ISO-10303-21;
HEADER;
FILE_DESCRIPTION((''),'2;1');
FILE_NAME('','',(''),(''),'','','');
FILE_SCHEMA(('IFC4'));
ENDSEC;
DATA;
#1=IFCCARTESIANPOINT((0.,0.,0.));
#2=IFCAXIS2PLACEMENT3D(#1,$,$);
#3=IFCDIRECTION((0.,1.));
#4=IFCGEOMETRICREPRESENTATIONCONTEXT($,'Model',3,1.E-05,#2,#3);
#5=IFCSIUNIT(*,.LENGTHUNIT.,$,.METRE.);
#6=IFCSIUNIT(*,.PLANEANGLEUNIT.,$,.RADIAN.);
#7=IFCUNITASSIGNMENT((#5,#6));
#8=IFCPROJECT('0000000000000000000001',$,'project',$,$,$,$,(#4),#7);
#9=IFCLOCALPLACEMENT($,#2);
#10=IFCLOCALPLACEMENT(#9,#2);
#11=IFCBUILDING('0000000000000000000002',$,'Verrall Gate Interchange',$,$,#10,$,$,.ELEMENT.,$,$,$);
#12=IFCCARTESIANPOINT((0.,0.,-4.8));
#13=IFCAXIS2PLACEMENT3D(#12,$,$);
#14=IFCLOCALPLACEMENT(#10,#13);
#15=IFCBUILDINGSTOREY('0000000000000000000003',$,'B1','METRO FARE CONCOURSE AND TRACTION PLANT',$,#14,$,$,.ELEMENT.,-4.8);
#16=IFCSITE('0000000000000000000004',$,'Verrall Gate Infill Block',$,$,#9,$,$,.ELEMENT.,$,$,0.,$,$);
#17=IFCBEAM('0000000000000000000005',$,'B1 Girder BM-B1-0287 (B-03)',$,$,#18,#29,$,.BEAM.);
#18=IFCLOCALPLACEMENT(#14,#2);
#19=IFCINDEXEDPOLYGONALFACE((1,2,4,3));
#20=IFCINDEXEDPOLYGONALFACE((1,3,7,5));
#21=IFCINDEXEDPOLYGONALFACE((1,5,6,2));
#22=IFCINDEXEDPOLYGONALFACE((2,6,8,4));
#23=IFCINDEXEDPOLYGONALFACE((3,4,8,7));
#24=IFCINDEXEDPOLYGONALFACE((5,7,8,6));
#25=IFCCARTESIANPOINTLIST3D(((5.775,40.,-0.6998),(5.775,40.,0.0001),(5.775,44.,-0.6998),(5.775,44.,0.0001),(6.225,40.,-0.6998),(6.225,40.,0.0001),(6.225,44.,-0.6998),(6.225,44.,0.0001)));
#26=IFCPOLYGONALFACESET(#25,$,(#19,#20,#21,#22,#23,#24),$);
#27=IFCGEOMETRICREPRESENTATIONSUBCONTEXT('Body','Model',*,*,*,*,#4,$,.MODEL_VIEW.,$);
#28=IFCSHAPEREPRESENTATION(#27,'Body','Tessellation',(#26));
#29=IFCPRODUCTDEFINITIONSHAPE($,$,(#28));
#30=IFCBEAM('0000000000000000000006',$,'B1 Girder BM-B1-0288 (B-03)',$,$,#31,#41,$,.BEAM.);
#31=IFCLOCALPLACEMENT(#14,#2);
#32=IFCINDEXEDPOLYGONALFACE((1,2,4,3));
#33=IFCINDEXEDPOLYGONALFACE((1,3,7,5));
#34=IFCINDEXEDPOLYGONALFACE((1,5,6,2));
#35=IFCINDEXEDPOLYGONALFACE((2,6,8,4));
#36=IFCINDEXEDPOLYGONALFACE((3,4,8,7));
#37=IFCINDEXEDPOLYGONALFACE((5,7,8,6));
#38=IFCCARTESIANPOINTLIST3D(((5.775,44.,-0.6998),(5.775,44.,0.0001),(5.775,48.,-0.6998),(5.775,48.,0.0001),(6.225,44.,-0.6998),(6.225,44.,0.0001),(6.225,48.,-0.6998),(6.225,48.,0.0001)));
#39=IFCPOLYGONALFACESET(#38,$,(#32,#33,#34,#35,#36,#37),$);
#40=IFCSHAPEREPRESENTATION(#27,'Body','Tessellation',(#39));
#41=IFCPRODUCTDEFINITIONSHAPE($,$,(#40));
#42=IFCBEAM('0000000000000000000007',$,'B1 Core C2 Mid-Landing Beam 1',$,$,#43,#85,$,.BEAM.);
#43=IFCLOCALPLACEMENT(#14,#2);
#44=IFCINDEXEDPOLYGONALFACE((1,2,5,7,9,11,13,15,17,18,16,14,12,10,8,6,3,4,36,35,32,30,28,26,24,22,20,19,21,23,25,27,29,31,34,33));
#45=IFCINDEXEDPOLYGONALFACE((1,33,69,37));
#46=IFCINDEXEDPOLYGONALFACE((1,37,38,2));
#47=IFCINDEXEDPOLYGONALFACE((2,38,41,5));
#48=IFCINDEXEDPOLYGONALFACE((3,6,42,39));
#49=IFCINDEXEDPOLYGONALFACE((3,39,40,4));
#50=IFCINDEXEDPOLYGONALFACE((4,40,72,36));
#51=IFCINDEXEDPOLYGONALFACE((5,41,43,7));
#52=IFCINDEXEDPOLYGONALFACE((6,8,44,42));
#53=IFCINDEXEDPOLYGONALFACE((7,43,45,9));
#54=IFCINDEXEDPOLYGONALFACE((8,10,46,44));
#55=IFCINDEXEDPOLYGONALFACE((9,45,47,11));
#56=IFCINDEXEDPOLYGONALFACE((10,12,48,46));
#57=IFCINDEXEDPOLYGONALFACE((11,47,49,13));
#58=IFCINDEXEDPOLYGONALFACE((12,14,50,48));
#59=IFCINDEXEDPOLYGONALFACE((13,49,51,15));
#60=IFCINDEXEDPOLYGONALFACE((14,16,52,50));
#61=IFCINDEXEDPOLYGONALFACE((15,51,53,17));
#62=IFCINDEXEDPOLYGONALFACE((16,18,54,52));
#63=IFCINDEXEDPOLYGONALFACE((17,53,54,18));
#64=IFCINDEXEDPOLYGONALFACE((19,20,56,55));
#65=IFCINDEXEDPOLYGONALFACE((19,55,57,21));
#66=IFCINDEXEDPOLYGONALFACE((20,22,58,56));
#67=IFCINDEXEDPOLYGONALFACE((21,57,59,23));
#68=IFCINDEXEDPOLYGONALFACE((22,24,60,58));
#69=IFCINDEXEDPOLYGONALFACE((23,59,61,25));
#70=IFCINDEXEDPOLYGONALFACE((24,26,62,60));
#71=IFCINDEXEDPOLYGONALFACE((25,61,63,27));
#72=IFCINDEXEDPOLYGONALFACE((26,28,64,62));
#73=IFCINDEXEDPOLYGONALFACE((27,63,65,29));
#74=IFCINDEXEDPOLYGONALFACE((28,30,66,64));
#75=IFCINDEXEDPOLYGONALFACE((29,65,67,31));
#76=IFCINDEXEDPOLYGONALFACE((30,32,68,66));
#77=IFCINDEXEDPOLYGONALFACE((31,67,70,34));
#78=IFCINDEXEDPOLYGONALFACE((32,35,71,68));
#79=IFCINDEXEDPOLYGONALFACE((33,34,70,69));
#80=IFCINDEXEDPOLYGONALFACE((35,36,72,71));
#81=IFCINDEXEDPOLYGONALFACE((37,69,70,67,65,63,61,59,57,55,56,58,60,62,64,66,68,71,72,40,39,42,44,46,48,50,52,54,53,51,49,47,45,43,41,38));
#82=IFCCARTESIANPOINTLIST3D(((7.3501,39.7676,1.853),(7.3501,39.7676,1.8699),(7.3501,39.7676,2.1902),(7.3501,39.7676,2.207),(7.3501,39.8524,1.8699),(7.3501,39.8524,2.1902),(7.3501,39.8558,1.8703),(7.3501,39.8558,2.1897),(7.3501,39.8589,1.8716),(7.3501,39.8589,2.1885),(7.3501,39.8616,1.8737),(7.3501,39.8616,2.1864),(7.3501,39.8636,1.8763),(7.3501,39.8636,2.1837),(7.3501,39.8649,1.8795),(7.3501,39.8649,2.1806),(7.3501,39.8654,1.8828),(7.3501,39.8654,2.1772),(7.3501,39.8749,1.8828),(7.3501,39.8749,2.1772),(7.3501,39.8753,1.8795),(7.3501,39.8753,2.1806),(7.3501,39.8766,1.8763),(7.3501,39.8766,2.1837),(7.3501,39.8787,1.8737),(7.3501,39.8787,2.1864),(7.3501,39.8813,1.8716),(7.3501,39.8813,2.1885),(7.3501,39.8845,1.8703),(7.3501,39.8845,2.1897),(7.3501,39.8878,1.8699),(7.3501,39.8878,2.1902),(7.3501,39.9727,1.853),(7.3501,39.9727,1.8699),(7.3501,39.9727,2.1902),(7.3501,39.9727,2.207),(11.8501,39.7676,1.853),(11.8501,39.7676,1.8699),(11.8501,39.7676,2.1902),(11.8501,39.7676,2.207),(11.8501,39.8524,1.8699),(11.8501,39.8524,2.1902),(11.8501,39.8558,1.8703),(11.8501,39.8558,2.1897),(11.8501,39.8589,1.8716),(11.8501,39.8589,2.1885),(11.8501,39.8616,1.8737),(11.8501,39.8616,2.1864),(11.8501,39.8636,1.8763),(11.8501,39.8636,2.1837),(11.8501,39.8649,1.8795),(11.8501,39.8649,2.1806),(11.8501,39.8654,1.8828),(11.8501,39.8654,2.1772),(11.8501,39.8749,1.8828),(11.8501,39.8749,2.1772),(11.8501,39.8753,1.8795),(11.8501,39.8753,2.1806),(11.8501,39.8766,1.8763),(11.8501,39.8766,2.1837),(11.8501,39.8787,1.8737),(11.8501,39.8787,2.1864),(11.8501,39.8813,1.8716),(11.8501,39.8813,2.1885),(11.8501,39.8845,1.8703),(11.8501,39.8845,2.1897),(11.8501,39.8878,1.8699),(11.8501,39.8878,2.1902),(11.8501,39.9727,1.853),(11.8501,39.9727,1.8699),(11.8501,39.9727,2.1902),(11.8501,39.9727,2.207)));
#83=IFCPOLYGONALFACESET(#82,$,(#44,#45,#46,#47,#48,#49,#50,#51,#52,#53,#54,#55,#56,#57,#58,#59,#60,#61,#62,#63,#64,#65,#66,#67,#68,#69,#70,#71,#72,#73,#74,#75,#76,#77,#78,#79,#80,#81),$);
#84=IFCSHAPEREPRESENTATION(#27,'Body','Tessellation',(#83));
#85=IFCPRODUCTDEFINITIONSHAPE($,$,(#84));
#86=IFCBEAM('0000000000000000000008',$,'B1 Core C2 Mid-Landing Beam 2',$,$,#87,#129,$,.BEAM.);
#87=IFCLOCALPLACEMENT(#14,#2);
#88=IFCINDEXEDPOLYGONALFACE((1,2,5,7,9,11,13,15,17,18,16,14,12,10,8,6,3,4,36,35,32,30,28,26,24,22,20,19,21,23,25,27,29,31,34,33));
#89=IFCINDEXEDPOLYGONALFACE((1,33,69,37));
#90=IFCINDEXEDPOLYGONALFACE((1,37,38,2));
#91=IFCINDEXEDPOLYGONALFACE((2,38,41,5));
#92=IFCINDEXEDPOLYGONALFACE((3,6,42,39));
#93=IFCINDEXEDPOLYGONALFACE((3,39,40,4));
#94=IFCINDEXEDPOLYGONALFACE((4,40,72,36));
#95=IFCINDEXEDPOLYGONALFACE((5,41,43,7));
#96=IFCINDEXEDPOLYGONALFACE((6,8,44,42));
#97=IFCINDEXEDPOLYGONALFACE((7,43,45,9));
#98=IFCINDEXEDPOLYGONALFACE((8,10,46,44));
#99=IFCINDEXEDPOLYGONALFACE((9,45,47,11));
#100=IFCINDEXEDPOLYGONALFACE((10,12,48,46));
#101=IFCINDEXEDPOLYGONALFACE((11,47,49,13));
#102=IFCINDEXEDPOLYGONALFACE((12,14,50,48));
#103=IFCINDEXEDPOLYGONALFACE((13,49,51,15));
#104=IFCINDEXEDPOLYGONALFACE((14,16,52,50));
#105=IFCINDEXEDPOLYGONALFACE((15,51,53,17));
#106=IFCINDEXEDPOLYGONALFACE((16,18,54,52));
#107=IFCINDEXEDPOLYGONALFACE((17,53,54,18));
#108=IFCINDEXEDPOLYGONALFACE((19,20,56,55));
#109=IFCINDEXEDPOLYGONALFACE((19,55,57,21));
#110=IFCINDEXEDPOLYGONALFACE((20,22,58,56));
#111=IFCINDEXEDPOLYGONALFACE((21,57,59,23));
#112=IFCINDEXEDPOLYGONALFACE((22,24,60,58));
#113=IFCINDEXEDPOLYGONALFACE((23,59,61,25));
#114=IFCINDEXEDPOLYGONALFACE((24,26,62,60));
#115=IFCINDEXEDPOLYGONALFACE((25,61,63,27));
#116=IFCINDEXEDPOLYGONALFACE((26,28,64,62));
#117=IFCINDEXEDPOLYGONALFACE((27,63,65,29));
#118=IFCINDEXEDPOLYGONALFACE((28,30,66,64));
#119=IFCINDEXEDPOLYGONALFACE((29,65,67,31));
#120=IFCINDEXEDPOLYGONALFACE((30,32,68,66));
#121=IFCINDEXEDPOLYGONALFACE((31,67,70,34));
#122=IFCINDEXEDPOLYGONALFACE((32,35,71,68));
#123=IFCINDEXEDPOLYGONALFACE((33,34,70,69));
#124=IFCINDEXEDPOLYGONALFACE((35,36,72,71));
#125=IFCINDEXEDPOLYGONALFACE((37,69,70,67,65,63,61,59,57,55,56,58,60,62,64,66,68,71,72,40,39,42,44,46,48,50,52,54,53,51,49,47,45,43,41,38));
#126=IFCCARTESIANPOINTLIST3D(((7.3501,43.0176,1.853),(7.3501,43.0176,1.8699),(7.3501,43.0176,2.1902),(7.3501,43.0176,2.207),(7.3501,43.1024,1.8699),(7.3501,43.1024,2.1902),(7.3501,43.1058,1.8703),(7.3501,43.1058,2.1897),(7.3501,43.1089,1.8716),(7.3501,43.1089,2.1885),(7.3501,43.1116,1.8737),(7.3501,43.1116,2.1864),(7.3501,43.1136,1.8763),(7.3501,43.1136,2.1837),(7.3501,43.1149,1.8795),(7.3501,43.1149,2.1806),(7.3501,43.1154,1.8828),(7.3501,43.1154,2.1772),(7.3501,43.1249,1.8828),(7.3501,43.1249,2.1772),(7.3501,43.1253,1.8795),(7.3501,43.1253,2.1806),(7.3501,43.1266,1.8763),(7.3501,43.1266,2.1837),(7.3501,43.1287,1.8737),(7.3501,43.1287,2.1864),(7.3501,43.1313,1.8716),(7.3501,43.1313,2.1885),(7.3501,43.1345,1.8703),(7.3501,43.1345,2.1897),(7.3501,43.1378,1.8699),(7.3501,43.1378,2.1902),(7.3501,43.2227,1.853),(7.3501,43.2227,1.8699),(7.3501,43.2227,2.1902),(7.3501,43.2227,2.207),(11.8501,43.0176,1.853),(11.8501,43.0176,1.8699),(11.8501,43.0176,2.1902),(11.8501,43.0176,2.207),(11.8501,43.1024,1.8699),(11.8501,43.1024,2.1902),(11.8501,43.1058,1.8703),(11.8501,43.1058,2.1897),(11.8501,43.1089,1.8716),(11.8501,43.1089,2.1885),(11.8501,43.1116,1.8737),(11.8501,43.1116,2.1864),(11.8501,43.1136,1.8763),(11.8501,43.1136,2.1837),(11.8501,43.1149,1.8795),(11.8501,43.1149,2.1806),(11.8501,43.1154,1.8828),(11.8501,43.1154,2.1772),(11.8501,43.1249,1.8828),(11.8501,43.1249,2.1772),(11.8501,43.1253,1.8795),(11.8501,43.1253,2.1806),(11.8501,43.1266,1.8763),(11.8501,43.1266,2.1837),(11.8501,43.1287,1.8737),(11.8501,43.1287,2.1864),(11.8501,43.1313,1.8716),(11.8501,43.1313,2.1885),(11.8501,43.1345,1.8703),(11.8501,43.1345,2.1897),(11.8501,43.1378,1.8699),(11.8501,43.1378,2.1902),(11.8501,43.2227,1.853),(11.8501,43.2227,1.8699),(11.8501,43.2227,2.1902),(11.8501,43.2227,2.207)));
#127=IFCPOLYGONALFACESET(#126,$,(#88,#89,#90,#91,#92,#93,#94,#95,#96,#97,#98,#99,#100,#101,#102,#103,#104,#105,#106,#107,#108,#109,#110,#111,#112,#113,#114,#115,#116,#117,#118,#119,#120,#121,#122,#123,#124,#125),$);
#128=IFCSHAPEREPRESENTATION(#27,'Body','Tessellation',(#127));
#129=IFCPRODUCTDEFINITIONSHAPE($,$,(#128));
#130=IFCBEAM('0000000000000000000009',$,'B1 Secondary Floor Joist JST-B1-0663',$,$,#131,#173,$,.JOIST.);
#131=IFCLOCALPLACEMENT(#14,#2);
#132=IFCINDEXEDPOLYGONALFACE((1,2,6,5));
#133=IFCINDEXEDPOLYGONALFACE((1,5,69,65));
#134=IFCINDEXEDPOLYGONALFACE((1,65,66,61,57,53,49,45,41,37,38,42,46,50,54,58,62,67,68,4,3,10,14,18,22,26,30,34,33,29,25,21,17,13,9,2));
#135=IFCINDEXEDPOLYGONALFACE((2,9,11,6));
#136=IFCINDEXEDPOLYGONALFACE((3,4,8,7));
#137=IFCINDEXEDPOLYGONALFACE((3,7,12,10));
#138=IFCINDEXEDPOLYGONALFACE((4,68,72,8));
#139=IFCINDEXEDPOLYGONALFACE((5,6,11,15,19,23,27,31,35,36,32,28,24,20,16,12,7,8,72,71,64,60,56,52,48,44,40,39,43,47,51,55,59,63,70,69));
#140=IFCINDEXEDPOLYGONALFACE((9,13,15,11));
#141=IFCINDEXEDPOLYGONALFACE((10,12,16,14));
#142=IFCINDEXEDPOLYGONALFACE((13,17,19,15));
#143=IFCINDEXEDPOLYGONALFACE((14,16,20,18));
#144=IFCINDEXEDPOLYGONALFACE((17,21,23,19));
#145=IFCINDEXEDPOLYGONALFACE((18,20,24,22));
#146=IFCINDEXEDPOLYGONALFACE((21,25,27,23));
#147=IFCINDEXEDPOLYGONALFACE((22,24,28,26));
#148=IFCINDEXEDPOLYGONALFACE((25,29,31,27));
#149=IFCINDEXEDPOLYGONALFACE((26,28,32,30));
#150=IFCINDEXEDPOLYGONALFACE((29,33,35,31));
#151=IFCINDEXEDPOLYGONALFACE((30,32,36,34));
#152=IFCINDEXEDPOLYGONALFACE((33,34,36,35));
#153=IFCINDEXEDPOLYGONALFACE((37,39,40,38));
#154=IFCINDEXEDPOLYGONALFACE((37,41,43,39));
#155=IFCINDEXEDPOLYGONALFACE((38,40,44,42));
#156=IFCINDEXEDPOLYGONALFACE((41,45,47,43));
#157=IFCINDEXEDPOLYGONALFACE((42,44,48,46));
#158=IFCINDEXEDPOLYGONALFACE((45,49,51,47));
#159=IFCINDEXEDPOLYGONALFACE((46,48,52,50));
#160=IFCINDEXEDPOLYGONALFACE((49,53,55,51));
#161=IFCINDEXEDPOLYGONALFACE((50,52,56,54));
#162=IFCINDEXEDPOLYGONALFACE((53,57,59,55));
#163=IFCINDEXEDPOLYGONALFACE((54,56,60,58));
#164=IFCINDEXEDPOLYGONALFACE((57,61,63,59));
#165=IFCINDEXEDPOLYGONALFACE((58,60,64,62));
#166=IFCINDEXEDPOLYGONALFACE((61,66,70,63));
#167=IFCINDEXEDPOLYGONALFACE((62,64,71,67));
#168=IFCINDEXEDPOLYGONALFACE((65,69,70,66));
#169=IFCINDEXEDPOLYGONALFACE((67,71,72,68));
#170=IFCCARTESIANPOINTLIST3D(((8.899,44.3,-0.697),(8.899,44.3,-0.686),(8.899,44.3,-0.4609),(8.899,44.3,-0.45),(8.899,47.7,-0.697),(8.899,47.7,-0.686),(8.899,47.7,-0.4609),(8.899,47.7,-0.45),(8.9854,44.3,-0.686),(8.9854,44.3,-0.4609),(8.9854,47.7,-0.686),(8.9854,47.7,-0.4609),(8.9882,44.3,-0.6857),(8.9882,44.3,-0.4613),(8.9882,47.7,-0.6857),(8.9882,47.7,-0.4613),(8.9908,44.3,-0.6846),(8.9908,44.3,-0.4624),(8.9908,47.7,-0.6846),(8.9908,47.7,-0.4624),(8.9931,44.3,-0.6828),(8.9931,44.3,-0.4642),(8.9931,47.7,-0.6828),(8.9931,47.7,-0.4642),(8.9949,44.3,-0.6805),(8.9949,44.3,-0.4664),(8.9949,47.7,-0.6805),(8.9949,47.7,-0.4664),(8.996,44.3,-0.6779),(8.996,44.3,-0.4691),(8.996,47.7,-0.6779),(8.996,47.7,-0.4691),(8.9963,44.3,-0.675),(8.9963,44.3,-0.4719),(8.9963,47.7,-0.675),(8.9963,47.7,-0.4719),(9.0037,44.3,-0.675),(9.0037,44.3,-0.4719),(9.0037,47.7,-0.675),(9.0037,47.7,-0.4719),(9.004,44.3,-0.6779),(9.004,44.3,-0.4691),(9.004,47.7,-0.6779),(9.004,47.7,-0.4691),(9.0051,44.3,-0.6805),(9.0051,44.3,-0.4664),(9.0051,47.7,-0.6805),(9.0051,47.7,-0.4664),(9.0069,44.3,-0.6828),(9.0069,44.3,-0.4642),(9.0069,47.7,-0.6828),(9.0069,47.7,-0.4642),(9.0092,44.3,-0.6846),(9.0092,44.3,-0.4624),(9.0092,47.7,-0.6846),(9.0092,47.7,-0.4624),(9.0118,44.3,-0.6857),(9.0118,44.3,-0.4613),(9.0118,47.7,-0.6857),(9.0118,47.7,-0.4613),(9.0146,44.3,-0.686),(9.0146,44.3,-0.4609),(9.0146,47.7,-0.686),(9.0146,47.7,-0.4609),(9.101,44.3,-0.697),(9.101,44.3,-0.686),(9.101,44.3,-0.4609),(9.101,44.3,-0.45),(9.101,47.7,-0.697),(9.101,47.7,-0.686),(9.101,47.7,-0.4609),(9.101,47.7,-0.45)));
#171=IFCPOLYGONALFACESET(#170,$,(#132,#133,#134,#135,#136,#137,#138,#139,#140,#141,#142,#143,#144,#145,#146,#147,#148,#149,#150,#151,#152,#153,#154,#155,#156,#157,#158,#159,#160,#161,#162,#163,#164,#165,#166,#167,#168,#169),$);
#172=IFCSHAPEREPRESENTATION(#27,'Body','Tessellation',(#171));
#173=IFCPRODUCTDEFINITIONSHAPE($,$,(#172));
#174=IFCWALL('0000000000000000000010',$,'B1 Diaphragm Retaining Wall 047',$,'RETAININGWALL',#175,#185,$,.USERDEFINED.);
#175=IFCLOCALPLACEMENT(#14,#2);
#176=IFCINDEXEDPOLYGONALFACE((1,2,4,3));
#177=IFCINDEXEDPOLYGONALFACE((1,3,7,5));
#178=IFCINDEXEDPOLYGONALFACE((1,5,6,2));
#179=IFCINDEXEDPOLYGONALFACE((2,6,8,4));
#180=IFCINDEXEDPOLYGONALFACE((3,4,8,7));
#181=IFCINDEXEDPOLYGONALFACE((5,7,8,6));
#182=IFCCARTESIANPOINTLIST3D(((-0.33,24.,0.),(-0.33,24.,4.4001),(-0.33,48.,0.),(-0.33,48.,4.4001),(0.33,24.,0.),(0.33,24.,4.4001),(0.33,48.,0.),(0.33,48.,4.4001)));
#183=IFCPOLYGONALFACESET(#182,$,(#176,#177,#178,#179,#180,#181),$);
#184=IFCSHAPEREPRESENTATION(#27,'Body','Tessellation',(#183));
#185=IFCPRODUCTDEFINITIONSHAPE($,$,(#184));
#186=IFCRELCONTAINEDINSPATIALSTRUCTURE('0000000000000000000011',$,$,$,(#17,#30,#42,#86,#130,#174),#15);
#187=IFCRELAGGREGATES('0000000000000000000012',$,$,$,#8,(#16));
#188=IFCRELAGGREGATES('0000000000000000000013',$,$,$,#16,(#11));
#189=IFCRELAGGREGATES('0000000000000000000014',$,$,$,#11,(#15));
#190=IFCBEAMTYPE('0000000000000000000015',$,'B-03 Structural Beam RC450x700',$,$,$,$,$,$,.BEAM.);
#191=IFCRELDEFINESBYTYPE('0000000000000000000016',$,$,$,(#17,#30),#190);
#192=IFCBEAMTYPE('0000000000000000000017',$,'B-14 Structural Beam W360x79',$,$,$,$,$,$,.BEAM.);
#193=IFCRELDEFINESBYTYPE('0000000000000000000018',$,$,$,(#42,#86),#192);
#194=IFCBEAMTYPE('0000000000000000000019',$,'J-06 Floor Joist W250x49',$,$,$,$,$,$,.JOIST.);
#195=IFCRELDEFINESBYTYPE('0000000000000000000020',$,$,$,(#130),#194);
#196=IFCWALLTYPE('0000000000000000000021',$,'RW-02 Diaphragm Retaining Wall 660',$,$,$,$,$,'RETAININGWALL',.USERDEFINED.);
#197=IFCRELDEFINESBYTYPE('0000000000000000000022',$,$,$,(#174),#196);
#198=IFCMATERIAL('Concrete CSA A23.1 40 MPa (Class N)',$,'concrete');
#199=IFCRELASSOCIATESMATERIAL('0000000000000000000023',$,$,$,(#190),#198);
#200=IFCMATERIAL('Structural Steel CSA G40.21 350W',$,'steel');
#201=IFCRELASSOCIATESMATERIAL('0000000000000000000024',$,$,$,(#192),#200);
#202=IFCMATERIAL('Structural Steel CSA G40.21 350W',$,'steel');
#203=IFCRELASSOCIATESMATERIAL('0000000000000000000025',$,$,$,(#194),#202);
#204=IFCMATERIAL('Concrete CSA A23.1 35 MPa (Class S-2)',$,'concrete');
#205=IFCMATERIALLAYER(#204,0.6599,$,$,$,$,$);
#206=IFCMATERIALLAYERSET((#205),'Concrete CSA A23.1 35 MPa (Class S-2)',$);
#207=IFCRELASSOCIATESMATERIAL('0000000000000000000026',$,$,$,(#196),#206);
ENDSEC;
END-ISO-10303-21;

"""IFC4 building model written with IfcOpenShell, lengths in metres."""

from ifc_helpers import new_model, si_unit, direction, frame, frame_2d, origin, origin_2d, place, context, subcontext, project, spatial, rectangle, i_section, extrude, material, layer, layer_set, material_profile, profile_set, type_object, element, save


model = new_model("IFC4")

# Units and contexts
model_context = context("Model", 3, precision=1e-05, world=origin(), true_north=direction((0.0, 1.0)))
body_context = subcontext(model_context, "Body", "Model", "MODEL_VIEW")
ifc_project = project(units=[si_unit("LENGTHUNIT", "METRE"), si_unit("PLANEANGLEUNIT", "RADIAN")], contexts=[model_context])

# Site, building, storey
site_placement = place(None, origin())
site = spatial("IfcSite", under=ifc_project, at=site_placement, Name="Verrall Gate Infill Block", CompositionType="ELEMENT", RefElevation=0.0)
building_placement = place(site_placement, origin())
building = spatial("IfcBuilding", under=site, at=building_placement, Name="Verrall Gate Interchange", CompositionType="ELEMENT")
storey_placement = place(building_placement, frame((0.0, 0.0, -4.8)))
storey = spatial("IfcBuildingStorey", under=building, at=storey_placement, Name="B1", Description="METRO FARE CONCOURSE AND TRACTION PLANT", CompositionType="ELEMENT", Elevation=-4.8)

# Beams
ifc_material_1 = material(Name="Concrete CSA A23.1 40 MPa (Class N)", Category="concrete")
ifc_material_profile_1 = material_profile(ifc_material_1, rectangle(XDim=0.45, YDim=0.7, at=origin_2d()), Name="RC450x700")
ifc_profile_set_1 = profile_set([ifc_material_profile_1], Name="Concrete CSA A23.1 40 MPa (Class N)")
beam_type_1 = type_object("IfcBeamType", Name="B-03 Structural Beam RC450x700", PredefinedType="BEAM", material=ifc_profile_set_1)
for number, where, z_axis, x_axis, name in (
    (1, (6.0, 40.0, -0.3499), (0.0, 1.0, 0.0), (-1.0, 0.0, 0.0), "B1 Girder BM-B1-0287 (B-03)"),
    (2, (6.0, 44.0, -0.3499), (0.0, 1.0, 0.0), (-1.0, 0.0, 0.0), "B1 Girder BM-B1-0288 (B-03)"),
):
    element("IfcBeam", number, at=place(storey_placement, frame(where, z_axis=z_axis, x_axis=x_axis)), inside=storey, type_object=beam_type_1, Name=name, PredefinedType="BEAM", context=body_context, shape_type="SweptSolid", body=[
        extrude(rectangle(XDim=0.45, YDim=0.7, at=origin_2d()), origin(), (0.0, 0.0, 1.0), 4.0),
    ])
ifc_material_2 = material(Name="Structural Steel CSA G40.21 350W", Category="steel")
ifc_material_profile_2 = material_profile(ifc_material_2, i_section(OverallWidth=0.2051, OverallDepth=0.354, WebThickness=0.0095, FlangeThickness=0.0168, FilletRadius=0.0129, at=origin_2d()), Name="W360x79")
ifc_profile_set_2 = profile_set([ifc_material_profile_2], Name="Structural Steel CSA G40.21 350W")
beam_type_2 = type_object("IfcBeamType", Name="B-14 Structural Beam W360x79", PredefinedType="BEAM", material=ifc_profile_set_2)
for number, where, z_axis, x_axis, name in (
    (3, (7.3501, 39.8701, 2.03), (1.0, 0.0, 0.0), (0.0, 1.0, 0.0), "B1 Core C2 Mid-Landing Beam 1"),
    (4, (7.3501, 43.1201, 2.03), (1.0, 0.0, 0.0), (0.0, 1.0, 0.0), "B1 Core C2 Mid-Landing Beam 2"),
):
    element("IfcBeam", number, at=place(storey_placement, frame(where, z_axis=z_axis, x_axis=x_axis)), inside=storey, type_object=beam_type_2, Name=name, PredefinedType="BEAM", context=body_context, shape_type="SweptSolid", body=[
        extrude(i_section(OverallWidth=0.2051, OverallDepth=0.354, WebThickness=0.0095, FlangeThickness=0.0168, FilletRadius=0.0129, at=origin_2d()), origin(), (0.0, 0.0, 1.0), 4.5),
    ])
ifc_material_3 = material(Name="Structural Steel CSA G40.21 350W", Category="steel")
ifc_material_profile_3 = material_profile(ifc_material_3, i_section(OverallWidth=0.2019, OverallDepth=0.2471, WebThickness=0.0073, FlangeThickness=0.011, FilletRadius=0.011, at=origin_2d()), Name="W250x49")
ifc_profile_set_3 = profile_set([ifc_material_profile_3], Name="Structural Steel CSA G40.21 350W")
beam_type_3 = type_object("IfcBeamType", Name="J-06 Floor Joist W250x49", PredefinedType="JOIST", material=ifc_profile_set_3)
beam_1_placement = place(storey_placement, frame((9.0, 44.3, -0.5735), z_axis=(0.0, 1.0, 0.0), x_axis=(-1.0, 0.0, 0.0)))
element("IfcBeam", 5, at=beam_1_placement, inside=storey, type_object=beam_type_3, Name="B1 Secondary Floor Joist JST-B1-0663", PredefinedType="JOIST", context=body_context, shape_type="SweptSolid", body=[
    extrude(i_section(OverallWidth=0.2019, OverallDepth=0.2471, WebThickness=0.0073, FlangeThickness=0.011, FilletRadius=0.011, at=origin_2d()), origin(), (0.0, 0.0, 1.0), 3.3999),
])

# Wall
ifc_material_4 = material(Name="Concrete CSA A23.1 35 MPa (Class S-2)", Category="concrete")
ifc_layer_1 = layer(ifc_material_4, 0.6599)
ifc_layer_set_1 = layer_set([ifc_layer_1], Name="Concrete CSA A23.1 35 MPa (Class S-2)")
wall_type_1 = type_object("IfcWallType", Name="RW-02 Diaphragm Retaining Wall 660", ElementType="RETAININGWALL", PredefinedType="USERDEFINED", material=ifc_layer_set_1)
wall_1_placement = place(storey_placement, frame((0.0, 48.0, 0.0), z_axis=(0.0, 0.0, 1.0), x_axis=(0.0, -1.0, 0.0)))
element("IfcWall", 6, at=wall_1_placement, inside=storey, type_object=wall_type_1, Name="B1 Diaphragm Retaining Wall 047", ObjectType="RETAININGWALL", PredefinedType="USERDEFINED", context=body_context, shape_type="SweptSolid", body=[
    extrude(rectangle(XDim=24.0, YDim=0.6599, at=frame_2d((12.0, 0.0))), origin(), (0.0, 0.0, 1.0), 4.4001),
])

save(model, "model.ifc")
